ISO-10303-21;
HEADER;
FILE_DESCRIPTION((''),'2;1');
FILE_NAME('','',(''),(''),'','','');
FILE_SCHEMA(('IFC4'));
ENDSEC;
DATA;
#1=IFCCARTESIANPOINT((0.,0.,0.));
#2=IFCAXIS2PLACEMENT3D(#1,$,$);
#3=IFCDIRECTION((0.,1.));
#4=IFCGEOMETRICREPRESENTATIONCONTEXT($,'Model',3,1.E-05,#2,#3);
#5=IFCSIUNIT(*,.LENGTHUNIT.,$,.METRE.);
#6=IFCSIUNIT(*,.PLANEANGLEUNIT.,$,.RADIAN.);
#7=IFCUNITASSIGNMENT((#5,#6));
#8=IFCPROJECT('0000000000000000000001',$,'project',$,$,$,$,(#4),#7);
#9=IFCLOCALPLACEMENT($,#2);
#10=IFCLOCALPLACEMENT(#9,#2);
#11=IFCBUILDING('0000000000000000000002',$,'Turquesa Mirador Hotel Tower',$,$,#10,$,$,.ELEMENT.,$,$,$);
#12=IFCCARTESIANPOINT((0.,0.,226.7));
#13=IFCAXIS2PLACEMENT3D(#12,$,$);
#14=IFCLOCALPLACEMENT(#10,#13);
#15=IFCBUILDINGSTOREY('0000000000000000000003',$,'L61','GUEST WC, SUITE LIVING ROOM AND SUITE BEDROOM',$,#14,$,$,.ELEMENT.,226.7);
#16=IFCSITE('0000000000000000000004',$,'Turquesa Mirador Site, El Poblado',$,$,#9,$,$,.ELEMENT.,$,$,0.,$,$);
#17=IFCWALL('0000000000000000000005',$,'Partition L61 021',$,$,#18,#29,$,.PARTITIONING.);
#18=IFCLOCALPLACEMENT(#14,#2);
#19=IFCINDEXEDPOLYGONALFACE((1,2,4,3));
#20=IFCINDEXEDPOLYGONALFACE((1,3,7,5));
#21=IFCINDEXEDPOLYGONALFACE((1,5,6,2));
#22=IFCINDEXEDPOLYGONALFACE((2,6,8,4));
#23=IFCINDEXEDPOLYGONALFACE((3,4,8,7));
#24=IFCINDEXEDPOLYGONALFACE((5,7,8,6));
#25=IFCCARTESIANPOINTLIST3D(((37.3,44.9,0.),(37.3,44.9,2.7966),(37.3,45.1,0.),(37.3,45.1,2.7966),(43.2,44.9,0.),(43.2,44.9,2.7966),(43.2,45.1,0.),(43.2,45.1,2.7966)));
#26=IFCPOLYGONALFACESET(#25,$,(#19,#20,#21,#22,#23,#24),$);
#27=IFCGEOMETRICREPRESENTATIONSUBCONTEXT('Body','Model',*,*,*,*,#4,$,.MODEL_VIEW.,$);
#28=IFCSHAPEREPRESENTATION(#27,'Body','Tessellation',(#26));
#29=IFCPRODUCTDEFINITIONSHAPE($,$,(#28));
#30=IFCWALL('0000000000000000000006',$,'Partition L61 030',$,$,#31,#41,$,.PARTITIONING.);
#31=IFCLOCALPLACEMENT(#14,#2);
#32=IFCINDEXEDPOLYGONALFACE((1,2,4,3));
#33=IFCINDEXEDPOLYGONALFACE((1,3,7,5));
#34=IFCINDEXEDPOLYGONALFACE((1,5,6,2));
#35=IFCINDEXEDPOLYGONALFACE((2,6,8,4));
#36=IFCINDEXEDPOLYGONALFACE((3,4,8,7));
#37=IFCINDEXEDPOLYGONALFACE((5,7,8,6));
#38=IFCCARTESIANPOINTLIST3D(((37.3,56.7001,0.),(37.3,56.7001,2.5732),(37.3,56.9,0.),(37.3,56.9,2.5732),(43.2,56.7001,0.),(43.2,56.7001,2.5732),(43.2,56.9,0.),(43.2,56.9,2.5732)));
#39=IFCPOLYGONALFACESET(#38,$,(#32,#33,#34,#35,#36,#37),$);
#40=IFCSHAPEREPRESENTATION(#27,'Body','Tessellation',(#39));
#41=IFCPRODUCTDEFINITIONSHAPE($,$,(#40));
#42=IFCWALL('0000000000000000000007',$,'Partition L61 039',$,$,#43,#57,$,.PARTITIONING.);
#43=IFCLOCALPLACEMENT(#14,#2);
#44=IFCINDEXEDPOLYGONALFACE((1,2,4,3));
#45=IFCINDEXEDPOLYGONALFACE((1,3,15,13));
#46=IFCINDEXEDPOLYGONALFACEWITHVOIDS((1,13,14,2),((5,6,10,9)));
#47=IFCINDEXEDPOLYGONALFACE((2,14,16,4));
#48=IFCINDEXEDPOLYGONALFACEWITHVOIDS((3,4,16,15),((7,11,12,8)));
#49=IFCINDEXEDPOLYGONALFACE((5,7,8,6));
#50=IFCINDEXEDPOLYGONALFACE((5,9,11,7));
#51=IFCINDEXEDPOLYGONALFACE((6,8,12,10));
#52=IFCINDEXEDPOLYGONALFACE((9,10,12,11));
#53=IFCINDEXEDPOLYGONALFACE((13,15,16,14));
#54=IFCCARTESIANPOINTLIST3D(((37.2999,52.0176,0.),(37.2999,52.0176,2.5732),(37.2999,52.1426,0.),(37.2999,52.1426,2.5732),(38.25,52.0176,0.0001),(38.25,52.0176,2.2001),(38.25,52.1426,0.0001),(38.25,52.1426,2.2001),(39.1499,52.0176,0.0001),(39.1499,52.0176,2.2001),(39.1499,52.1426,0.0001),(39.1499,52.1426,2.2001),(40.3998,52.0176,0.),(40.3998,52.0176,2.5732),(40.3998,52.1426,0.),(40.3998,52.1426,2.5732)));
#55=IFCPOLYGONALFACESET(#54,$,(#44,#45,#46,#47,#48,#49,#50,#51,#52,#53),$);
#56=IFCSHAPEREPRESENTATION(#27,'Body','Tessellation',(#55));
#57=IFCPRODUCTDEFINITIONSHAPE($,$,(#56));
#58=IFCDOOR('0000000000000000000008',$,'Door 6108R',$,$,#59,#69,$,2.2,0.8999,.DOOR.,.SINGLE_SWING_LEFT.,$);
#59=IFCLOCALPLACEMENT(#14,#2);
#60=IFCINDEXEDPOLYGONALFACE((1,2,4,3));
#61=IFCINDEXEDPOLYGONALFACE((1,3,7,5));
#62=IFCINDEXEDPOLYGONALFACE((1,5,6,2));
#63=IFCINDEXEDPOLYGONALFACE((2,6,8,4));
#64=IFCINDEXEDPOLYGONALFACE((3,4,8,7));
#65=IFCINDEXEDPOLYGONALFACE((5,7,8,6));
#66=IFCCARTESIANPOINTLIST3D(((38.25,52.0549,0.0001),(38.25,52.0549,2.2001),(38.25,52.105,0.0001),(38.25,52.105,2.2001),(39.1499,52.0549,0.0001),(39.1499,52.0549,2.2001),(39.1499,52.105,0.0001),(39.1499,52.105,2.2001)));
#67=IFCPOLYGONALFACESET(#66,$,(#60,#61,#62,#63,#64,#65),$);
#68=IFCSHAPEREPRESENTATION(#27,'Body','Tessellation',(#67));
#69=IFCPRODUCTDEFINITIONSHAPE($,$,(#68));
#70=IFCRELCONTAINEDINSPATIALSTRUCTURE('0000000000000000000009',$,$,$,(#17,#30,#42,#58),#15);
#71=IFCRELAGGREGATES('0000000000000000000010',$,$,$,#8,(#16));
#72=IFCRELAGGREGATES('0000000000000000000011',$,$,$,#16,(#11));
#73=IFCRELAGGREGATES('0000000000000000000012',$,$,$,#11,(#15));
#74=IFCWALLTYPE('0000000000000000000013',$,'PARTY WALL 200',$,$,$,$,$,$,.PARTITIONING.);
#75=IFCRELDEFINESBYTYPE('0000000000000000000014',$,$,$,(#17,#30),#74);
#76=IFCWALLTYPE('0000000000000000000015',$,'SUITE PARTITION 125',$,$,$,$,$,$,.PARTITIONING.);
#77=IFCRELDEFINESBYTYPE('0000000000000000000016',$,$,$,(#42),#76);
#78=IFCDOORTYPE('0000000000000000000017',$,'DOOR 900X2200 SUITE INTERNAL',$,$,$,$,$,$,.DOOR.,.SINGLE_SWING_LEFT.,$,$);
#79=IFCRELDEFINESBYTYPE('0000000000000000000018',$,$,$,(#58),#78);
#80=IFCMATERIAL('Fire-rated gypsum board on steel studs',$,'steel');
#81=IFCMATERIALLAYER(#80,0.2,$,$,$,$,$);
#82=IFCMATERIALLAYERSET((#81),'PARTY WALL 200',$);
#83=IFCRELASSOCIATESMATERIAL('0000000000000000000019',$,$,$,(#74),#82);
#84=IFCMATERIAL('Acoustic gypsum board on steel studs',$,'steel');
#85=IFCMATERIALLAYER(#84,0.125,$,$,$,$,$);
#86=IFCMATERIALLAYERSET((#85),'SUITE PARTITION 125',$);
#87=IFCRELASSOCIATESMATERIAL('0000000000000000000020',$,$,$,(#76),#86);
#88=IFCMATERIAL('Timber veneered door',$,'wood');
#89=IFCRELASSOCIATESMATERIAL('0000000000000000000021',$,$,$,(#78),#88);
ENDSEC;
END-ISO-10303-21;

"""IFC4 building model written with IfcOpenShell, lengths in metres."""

from ifc_helpers import new_model, si_unit, direction, frame, frame_2d, origin, place, context, subcontext, project, spatial, rectangle, extrude, material, layer, layer_set, type_object, element, fill, save


model = new_model("IFC4")

# Units and contexts
model_context = context("Model", 3, precision=1e-05, world=origin(), true_north=direction((0.0, 1.0)))
body_context = subcontext(model_context, "Body", "Model", "MODEL_VIEW")
ifc_project = project(units=[si_unit("LENGTHUNIT", "METRE"), si_unit("PLANEANGLEUNIT", "RADIAN")], contexts=[model_context])

# Site, building, storey
site_placement = place(None, origin())
site = spatial("IfcSite", under=ifc_project, at=site_placement, Name="Turquesa Mirador Site, El Poblado", CompositionType="ELEMENT", RefElevation=0.0)
building_placement = place(site_placement, origin())
building = spatial("IfcBuilding", under=site, at=building_placement, Name="Turquesa Mirador Hotel Tower", CompositionType="ELEMENT")
storey_placement = place(building_placement, frame((0.0, 0.0, 226.7)))
storey = spatial("IfcBuildingStorey", under=building, at=storey_placement, Name="L61", Description="GUEST WC, SUITE LIVING ROOM AND SUITE BEDROOM", CompositionType="ELEMENT", Elevation=226.7)

# Walls
ifc_material_1 = material(Name="Fire-rated gypsum board on steel studs", Category="steel")
ifc_layer_1 = layer(ifc_material_1, 0.2)
ifc_layer_set_1 = layer_set([ifc_layer_1], Name="PARTY WALL 200")
wall_type_1 = type_object("IfcWallType", Name="PARTY WALL 200", PredefinedType="PARTITIONING", material=ifc_layer_set_1)
wall_1_placement = place(storey_placement, frame((37.3, 45.0, 0.0), z_axis=(0.0, 0.0, 1.0), x_axis=(1.0, 0.0, 0.0)))
element("IfcWall", 1, at=wall_1_placement, inside=storey, type_object=wall_type_1, Name="Partition L61 021", PredefinedType="PARTITIONING", context=body_context, shape_type="SweptSolid", body=[
    extrude(rectangle(XDim=5.8999, YDim=0.2, at=frame_2d((2.95, 0.0))), origin(), (0.0, 0.0, 1.0), 2.7966),
])
wall_2_placement = place(storey_placement, frame((37.3, 56.8, 0.0), z_axis=(0.0, 0.0, 1.0), x_axis=(1.0, 0.0, 0.0)))
element("IfcWall", 2, at=wall_2_placement, inside=storey, type_object=wall_type_1, Name="Partition L61 030", PredefinedType="PARTITIONING", context=body_context, shape_type="SweptSolid", body=[
    extrude(rectangle(XDim=5.8999, YDim=0.2, at=frame_2d((2.95, 0.0))), origin(), (0.0, 0.0, 1.0), 2.5732),
])

# Wall, opening, door
ifc_material_2 = material(Name="Acoustic gypsum board on steel studs", Category="steel")
ifc_layer_2 = layer(ifc_material_2, 0.125)
ifc_layer_set_2 = layer_set([ifc_layer_2], Name="SUITE PARTITION 125")
wall_type_2 = type_object("IfcWallType", Name="SUITE PARTITION 125", PredefinedType="PARTITIONING", material=ifc_layer_set_2)
wall_3_placement = place(storey_placement, frame((37.3, 52.0801, 0.0), z_axis=(0.0, 0.0, 1.0), x_axis=(1.0, 0.0, 0.0)))
wall_3 = element("IfcWall", 3, at=wall_3_placement, inside=storey, type_object=wall_type_2, Name="Partition L61 039", PredefinedType="PARTITIONING", context=body_context, shape_type="SweptSolid", body=[
    extrude(rectangle(XDim=3.0999, YDim=0.125, at=frame_2d((1.5498, 0.0))), origin(), (0.0, 0.0, 1.0), 2.5732),
])
opening_placement = place(wall_3_placement, frame((0.95, 0.0, 0.0)))
opening = element("IfcOpeningElement", 4, at=opening_placement, cuts=wall_3, PredefinedType="OPENING", context=body_context, shape_type="SweptSolid", body=[
    extrude(rectangle(XDim=0.8999, YDim=2.2, at=frame_2d((0.45, 1.1001))), frame((0.0, 0.0725, 0.0), z_axis=(0.0, -1.0, 0.0), x_axis=(1.0, 0.0, 0.0)), (0.0, 0.0, 1.0), 0.145),
])
ifc_material_3 = material(Name="Timber veneered door", Category="wood")
door_type = type_object("IfcDoorType", Name="DOOR 900X2200 SUITE INTERNAL", OperationType="SINGLE_SWING_LEFT", PredefinedType="DOOR", material=ifc_material_3)
door_placement = place(opening_placement, origin())
door = element("IfcDoor", 5, at=door_placement, inside=storey, type_object=door_type, Name="Door 6108R", OperationType="SINGLE_SWING_LEFT", OverallHeight=2.2, OverallWidth=0.8999, PredefinedType="DOOR", context=body_context, shape_type="SweptSolid", body=[
    extrude(rectangle(XDim=0.8999, YDim=2.2, at=frame_2d((0.45, 1.1001))), frame((0.0, 0.0249, 0.0), z_axis=(0.0, -1.0, 0.0), x_axis=(1.0, 0.0, 0.0)), (0.0, 0.0, 1.0), 0.05),
])
fill(opening, door)

save(model, "model.ifc")
